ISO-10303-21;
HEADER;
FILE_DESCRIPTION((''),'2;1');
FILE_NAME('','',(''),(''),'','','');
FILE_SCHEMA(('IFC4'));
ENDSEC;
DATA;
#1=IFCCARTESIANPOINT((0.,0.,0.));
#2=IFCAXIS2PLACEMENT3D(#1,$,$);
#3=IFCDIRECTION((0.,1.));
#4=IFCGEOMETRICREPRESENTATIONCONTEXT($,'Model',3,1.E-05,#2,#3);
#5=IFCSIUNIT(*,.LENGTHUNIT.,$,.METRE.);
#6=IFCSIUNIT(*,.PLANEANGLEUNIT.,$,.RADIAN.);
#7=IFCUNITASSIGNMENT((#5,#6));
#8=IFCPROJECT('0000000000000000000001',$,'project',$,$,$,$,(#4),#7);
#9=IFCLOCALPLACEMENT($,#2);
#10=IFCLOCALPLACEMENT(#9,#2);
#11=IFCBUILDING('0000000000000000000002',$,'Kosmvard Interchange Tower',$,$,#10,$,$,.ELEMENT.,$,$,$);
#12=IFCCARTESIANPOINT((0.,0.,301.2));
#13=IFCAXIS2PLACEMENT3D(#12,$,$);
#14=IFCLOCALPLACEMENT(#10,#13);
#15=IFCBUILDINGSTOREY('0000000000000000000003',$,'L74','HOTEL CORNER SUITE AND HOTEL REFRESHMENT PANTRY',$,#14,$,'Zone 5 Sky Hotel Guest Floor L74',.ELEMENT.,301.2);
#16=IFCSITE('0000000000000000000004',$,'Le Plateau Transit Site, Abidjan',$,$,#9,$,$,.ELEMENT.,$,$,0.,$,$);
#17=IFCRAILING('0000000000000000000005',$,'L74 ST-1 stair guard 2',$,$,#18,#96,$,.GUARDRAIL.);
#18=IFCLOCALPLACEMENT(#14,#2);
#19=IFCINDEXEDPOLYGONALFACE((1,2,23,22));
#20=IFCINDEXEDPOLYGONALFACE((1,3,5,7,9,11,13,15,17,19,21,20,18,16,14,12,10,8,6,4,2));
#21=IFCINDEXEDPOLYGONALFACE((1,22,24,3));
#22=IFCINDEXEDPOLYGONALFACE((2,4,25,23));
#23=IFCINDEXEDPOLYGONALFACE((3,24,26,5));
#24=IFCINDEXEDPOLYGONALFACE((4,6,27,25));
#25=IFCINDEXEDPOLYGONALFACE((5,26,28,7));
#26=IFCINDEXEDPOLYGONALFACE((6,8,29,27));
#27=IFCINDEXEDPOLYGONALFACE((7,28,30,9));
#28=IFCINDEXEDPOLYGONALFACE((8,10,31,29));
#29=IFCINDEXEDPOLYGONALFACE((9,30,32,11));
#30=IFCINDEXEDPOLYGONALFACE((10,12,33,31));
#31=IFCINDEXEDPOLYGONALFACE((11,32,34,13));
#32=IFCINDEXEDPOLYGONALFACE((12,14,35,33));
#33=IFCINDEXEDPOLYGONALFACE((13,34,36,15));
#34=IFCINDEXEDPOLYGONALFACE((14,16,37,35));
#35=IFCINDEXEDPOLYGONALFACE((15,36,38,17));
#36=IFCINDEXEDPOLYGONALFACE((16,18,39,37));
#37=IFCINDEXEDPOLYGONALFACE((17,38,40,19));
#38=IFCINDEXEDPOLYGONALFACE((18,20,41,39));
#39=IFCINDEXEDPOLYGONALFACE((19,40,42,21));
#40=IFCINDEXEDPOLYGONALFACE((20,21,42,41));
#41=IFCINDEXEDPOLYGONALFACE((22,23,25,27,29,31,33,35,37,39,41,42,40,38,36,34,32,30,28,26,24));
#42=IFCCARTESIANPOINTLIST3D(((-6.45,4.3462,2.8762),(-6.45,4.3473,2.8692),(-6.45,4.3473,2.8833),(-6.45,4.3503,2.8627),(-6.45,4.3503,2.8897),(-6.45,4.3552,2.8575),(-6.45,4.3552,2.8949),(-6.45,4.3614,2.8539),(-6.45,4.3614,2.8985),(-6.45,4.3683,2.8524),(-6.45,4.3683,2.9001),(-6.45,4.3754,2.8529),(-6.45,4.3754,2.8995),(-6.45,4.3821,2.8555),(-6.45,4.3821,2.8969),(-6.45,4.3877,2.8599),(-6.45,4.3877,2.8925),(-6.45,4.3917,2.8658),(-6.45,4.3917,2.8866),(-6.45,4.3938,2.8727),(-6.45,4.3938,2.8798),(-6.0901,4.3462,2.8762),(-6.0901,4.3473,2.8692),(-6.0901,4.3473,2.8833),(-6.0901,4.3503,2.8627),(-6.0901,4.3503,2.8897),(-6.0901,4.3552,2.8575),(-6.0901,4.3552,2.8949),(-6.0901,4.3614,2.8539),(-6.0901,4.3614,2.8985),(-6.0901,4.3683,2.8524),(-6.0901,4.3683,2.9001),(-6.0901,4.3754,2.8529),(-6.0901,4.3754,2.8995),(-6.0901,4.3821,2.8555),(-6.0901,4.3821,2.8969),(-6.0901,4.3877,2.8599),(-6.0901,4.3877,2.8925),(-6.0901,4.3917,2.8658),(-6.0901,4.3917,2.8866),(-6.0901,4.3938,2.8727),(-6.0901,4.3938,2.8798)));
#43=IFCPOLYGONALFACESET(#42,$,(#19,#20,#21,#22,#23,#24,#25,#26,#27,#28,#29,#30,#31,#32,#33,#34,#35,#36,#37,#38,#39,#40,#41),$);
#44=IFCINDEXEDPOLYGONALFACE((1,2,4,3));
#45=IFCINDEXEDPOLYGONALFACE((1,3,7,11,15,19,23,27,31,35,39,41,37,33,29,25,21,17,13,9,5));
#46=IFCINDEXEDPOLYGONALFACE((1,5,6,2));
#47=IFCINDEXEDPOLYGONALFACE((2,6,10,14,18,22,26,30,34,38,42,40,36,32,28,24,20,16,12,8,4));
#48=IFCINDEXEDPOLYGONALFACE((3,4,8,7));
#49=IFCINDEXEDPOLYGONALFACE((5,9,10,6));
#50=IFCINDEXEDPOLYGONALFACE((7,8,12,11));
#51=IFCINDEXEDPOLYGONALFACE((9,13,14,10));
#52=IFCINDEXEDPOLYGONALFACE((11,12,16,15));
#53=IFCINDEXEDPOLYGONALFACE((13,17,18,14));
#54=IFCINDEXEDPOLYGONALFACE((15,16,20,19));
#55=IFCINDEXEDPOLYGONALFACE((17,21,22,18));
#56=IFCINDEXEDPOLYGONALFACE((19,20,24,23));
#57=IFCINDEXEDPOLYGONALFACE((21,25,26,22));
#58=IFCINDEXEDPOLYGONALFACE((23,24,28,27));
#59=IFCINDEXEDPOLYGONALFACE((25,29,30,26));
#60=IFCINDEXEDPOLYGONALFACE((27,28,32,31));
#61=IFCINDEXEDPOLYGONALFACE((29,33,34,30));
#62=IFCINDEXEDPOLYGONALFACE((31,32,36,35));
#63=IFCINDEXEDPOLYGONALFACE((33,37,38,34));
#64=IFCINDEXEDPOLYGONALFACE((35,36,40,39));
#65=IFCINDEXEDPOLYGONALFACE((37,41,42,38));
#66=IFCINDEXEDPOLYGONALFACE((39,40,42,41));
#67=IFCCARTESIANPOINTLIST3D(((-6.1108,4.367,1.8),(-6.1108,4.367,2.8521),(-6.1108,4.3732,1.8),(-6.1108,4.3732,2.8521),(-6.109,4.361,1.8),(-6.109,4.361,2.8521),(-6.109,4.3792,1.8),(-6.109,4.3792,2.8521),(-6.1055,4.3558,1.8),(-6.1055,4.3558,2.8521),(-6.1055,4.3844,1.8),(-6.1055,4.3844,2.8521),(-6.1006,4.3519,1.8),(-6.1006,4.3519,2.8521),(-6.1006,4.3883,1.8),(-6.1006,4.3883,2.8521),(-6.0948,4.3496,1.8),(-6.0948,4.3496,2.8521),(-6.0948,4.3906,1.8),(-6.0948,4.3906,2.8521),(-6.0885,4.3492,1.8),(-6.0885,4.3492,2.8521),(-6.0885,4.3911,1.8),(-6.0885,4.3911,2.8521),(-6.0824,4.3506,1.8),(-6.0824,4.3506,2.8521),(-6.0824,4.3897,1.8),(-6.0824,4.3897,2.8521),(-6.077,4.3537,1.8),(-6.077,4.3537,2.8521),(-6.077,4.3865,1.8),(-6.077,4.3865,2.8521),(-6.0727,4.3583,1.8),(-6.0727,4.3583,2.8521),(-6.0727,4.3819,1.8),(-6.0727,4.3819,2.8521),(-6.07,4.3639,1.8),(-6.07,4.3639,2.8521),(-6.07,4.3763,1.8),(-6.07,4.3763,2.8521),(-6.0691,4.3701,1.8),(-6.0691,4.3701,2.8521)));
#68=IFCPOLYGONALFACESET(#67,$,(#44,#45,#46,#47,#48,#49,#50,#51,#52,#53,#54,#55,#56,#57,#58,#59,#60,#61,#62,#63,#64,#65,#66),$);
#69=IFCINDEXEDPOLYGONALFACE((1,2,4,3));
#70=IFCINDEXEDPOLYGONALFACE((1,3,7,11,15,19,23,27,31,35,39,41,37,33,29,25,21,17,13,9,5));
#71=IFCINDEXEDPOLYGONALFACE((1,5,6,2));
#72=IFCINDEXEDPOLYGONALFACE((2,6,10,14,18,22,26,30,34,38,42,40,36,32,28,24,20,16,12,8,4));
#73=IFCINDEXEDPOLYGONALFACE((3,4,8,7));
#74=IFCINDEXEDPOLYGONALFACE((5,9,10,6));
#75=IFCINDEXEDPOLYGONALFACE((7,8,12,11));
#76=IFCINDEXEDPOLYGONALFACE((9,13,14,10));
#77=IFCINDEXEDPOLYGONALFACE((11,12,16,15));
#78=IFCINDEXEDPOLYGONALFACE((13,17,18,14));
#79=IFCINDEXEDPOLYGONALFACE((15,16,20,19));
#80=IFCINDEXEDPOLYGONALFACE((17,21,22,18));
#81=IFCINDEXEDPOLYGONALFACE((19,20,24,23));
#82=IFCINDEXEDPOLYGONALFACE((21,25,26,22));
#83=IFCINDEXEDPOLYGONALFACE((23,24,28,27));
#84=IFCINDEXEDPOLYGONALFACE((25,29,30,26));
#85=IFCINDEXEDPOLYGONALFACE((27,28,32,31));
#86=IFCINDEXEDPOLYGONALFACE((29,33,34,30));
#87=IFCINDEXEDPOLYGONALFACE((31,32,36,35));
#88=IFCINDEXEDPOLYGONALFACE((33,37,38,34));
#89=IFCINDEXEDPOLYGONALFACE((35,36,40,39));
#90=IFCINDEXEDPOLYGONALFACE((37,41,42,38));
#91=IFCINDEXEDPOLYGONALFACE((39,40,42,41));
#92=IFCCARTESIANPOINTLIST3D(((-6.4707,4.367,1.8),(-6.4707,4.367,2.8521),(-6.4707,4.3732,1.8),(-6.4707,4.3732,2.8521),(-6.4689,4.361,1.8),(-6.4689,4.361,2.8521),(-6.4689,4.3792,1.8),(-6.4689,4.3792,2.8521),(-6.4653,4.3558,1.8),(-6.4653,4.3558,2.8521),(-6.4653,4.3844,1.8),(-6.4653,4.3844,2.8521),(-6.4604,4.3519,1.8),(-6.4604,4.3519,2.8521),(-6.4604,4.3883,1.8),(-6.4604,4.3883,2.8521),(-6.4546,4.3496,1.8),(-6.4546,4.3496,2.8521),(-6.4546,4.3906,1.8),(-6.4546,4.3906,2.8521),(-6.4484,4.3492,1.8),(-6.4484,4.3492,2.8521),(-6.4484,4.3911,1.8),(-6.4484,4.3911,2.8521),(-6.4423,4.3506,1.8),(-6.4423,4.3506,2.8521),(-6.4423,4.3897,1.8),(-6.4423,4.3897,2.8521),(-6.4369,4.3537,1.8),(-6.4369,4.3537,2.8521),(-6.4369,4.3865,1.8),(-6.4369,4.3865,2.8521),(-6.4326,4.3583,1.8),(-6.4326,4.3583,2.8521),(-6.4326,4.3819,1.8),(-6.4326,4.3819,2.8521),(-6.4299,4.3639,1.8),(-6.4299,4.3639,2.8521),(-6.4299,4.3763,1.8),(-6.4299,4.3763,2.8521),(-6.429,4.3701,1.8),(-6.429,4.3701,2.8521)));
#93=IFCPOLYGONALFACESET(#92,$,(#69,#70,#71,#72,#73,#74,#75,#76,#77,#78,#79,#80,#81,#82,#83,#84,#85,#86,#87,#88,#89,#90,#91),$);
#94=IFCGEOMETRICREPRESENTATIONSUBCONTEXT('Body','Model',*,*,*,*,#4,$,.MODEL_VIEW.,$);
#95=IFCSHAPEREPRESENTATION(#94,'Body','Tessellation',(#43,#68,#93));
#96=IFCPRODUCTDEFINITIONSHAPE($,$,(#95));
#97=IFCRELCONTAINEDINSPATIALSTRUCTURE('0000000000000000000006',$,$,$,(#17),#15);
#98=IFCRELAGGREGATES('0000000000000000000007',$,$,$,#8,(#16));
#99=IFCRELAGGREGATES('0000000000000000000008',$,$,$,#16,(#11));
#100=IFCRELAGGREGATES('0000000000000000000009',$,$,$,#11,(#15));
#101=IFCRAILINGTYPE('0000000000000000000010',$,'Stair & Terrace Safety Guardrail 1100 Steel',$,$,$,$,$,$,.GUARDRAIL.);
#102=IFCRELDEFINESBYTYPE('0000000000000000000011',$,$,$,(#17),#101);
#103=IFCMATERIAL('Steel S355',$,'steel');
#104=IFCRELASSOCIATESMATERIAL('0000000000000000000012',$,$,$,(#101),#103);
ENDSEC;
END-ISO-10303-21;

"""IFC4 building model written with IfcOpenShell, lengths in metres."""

from ifc_helpers import new_model, si_unit, direction, frame, origin, origin_2d, place, context, subcontext, project, spatial, circle, extrude, source, transform, mapped, material, type_object, element, save


model = new_model("IFC4")

# Units and contexts
model_context = context("Model", 3, precision=1e-05, world=origin(), true_north=direction((0.0, 1.0)))
body_context = subcontext(model_context, "Body", "Model", "MODEL_VIEW")
ifc_project = project(units=[si_unit("LENGTHUNIT", "METRE"), si_unit("PLANEANGLEUNIT", "RADIAN")], contexts=[model_context])

# Site, building, storey
site_placement = place(None, origin())
site = spatial("IfcSite", under=ifc_project, at=site_placement, Name="Le Plateau Transit Site, Abidjan", CompositionType="ELEMENT", RefElevation=0.0)
building_placement = place(site_placement, origin())
building = spatial("IfcBuilding", under=site, at=building_placement, Name="Kosmvard Interchange Tower", CompositionType="ELEMENT")
storey_placement = place(building_placement, frame((0.0, 0.0, 301.2)))
storey = spatial("IfcBuildingStorey", under=building, at=storey_placement, Name="L74", Description="HOTEL CORNER SUITE AND HOTEL REFRESHMENT PANTRY", LongName="Zone 5 Sky Hotel Guest Floor L74", CompositionType="ELEMENT", Elevation=301.2)

# Shared definitions
ifc_material_1 = material(Name="Steel S355", Category="steel")

# Railing
railing_type_1 = type_object("IfcRailingType", Name="Stair & Terrace Safety Guardrail 1100 Steel", PredefinedType="GUARDRAIL", material=ifc_material_1)
shared_shape_1 = source(origin(), body_context, "Body", "SweptSolid", [
    extrude(circle(Radius=0.0239, at=origin_2d()), frame((0.0, 0.0, 1.0762), z_axis=(-1.0, 0.0, 0.0), x_axis=(0.0, -1.0, 0.0)), (0.0, 0.0, 1.0), 0.3599),
    extrude(circle(Radius=0.021, at=origin_2d()), origin(), (0.0, 0.0, 1.0), 1.052),
    extrude(circle(Radius=0.021, at=origin_2d()), frame((-0.3599, 0.0, 0.0)), (0.0, 0.0, 1.0), 1.052),
])
railing_1_placement = place(storey_placement, frame((-6.0901, 4.3701, 1.8)))
element("IfcRailing", 1, at=railing_1_placement, inside=storey, type_object=railing_type_1, Name="L74 ST-1 stair guard 2", PredefinedType="GUARDRAIL", context=body_context, shape_type="MappedRepresentation", body=[
    mapped(shared_shape_1, transform((0.0, 0.0, 0.0), scale=1.0)),
])

save(model, "model.ifc")
